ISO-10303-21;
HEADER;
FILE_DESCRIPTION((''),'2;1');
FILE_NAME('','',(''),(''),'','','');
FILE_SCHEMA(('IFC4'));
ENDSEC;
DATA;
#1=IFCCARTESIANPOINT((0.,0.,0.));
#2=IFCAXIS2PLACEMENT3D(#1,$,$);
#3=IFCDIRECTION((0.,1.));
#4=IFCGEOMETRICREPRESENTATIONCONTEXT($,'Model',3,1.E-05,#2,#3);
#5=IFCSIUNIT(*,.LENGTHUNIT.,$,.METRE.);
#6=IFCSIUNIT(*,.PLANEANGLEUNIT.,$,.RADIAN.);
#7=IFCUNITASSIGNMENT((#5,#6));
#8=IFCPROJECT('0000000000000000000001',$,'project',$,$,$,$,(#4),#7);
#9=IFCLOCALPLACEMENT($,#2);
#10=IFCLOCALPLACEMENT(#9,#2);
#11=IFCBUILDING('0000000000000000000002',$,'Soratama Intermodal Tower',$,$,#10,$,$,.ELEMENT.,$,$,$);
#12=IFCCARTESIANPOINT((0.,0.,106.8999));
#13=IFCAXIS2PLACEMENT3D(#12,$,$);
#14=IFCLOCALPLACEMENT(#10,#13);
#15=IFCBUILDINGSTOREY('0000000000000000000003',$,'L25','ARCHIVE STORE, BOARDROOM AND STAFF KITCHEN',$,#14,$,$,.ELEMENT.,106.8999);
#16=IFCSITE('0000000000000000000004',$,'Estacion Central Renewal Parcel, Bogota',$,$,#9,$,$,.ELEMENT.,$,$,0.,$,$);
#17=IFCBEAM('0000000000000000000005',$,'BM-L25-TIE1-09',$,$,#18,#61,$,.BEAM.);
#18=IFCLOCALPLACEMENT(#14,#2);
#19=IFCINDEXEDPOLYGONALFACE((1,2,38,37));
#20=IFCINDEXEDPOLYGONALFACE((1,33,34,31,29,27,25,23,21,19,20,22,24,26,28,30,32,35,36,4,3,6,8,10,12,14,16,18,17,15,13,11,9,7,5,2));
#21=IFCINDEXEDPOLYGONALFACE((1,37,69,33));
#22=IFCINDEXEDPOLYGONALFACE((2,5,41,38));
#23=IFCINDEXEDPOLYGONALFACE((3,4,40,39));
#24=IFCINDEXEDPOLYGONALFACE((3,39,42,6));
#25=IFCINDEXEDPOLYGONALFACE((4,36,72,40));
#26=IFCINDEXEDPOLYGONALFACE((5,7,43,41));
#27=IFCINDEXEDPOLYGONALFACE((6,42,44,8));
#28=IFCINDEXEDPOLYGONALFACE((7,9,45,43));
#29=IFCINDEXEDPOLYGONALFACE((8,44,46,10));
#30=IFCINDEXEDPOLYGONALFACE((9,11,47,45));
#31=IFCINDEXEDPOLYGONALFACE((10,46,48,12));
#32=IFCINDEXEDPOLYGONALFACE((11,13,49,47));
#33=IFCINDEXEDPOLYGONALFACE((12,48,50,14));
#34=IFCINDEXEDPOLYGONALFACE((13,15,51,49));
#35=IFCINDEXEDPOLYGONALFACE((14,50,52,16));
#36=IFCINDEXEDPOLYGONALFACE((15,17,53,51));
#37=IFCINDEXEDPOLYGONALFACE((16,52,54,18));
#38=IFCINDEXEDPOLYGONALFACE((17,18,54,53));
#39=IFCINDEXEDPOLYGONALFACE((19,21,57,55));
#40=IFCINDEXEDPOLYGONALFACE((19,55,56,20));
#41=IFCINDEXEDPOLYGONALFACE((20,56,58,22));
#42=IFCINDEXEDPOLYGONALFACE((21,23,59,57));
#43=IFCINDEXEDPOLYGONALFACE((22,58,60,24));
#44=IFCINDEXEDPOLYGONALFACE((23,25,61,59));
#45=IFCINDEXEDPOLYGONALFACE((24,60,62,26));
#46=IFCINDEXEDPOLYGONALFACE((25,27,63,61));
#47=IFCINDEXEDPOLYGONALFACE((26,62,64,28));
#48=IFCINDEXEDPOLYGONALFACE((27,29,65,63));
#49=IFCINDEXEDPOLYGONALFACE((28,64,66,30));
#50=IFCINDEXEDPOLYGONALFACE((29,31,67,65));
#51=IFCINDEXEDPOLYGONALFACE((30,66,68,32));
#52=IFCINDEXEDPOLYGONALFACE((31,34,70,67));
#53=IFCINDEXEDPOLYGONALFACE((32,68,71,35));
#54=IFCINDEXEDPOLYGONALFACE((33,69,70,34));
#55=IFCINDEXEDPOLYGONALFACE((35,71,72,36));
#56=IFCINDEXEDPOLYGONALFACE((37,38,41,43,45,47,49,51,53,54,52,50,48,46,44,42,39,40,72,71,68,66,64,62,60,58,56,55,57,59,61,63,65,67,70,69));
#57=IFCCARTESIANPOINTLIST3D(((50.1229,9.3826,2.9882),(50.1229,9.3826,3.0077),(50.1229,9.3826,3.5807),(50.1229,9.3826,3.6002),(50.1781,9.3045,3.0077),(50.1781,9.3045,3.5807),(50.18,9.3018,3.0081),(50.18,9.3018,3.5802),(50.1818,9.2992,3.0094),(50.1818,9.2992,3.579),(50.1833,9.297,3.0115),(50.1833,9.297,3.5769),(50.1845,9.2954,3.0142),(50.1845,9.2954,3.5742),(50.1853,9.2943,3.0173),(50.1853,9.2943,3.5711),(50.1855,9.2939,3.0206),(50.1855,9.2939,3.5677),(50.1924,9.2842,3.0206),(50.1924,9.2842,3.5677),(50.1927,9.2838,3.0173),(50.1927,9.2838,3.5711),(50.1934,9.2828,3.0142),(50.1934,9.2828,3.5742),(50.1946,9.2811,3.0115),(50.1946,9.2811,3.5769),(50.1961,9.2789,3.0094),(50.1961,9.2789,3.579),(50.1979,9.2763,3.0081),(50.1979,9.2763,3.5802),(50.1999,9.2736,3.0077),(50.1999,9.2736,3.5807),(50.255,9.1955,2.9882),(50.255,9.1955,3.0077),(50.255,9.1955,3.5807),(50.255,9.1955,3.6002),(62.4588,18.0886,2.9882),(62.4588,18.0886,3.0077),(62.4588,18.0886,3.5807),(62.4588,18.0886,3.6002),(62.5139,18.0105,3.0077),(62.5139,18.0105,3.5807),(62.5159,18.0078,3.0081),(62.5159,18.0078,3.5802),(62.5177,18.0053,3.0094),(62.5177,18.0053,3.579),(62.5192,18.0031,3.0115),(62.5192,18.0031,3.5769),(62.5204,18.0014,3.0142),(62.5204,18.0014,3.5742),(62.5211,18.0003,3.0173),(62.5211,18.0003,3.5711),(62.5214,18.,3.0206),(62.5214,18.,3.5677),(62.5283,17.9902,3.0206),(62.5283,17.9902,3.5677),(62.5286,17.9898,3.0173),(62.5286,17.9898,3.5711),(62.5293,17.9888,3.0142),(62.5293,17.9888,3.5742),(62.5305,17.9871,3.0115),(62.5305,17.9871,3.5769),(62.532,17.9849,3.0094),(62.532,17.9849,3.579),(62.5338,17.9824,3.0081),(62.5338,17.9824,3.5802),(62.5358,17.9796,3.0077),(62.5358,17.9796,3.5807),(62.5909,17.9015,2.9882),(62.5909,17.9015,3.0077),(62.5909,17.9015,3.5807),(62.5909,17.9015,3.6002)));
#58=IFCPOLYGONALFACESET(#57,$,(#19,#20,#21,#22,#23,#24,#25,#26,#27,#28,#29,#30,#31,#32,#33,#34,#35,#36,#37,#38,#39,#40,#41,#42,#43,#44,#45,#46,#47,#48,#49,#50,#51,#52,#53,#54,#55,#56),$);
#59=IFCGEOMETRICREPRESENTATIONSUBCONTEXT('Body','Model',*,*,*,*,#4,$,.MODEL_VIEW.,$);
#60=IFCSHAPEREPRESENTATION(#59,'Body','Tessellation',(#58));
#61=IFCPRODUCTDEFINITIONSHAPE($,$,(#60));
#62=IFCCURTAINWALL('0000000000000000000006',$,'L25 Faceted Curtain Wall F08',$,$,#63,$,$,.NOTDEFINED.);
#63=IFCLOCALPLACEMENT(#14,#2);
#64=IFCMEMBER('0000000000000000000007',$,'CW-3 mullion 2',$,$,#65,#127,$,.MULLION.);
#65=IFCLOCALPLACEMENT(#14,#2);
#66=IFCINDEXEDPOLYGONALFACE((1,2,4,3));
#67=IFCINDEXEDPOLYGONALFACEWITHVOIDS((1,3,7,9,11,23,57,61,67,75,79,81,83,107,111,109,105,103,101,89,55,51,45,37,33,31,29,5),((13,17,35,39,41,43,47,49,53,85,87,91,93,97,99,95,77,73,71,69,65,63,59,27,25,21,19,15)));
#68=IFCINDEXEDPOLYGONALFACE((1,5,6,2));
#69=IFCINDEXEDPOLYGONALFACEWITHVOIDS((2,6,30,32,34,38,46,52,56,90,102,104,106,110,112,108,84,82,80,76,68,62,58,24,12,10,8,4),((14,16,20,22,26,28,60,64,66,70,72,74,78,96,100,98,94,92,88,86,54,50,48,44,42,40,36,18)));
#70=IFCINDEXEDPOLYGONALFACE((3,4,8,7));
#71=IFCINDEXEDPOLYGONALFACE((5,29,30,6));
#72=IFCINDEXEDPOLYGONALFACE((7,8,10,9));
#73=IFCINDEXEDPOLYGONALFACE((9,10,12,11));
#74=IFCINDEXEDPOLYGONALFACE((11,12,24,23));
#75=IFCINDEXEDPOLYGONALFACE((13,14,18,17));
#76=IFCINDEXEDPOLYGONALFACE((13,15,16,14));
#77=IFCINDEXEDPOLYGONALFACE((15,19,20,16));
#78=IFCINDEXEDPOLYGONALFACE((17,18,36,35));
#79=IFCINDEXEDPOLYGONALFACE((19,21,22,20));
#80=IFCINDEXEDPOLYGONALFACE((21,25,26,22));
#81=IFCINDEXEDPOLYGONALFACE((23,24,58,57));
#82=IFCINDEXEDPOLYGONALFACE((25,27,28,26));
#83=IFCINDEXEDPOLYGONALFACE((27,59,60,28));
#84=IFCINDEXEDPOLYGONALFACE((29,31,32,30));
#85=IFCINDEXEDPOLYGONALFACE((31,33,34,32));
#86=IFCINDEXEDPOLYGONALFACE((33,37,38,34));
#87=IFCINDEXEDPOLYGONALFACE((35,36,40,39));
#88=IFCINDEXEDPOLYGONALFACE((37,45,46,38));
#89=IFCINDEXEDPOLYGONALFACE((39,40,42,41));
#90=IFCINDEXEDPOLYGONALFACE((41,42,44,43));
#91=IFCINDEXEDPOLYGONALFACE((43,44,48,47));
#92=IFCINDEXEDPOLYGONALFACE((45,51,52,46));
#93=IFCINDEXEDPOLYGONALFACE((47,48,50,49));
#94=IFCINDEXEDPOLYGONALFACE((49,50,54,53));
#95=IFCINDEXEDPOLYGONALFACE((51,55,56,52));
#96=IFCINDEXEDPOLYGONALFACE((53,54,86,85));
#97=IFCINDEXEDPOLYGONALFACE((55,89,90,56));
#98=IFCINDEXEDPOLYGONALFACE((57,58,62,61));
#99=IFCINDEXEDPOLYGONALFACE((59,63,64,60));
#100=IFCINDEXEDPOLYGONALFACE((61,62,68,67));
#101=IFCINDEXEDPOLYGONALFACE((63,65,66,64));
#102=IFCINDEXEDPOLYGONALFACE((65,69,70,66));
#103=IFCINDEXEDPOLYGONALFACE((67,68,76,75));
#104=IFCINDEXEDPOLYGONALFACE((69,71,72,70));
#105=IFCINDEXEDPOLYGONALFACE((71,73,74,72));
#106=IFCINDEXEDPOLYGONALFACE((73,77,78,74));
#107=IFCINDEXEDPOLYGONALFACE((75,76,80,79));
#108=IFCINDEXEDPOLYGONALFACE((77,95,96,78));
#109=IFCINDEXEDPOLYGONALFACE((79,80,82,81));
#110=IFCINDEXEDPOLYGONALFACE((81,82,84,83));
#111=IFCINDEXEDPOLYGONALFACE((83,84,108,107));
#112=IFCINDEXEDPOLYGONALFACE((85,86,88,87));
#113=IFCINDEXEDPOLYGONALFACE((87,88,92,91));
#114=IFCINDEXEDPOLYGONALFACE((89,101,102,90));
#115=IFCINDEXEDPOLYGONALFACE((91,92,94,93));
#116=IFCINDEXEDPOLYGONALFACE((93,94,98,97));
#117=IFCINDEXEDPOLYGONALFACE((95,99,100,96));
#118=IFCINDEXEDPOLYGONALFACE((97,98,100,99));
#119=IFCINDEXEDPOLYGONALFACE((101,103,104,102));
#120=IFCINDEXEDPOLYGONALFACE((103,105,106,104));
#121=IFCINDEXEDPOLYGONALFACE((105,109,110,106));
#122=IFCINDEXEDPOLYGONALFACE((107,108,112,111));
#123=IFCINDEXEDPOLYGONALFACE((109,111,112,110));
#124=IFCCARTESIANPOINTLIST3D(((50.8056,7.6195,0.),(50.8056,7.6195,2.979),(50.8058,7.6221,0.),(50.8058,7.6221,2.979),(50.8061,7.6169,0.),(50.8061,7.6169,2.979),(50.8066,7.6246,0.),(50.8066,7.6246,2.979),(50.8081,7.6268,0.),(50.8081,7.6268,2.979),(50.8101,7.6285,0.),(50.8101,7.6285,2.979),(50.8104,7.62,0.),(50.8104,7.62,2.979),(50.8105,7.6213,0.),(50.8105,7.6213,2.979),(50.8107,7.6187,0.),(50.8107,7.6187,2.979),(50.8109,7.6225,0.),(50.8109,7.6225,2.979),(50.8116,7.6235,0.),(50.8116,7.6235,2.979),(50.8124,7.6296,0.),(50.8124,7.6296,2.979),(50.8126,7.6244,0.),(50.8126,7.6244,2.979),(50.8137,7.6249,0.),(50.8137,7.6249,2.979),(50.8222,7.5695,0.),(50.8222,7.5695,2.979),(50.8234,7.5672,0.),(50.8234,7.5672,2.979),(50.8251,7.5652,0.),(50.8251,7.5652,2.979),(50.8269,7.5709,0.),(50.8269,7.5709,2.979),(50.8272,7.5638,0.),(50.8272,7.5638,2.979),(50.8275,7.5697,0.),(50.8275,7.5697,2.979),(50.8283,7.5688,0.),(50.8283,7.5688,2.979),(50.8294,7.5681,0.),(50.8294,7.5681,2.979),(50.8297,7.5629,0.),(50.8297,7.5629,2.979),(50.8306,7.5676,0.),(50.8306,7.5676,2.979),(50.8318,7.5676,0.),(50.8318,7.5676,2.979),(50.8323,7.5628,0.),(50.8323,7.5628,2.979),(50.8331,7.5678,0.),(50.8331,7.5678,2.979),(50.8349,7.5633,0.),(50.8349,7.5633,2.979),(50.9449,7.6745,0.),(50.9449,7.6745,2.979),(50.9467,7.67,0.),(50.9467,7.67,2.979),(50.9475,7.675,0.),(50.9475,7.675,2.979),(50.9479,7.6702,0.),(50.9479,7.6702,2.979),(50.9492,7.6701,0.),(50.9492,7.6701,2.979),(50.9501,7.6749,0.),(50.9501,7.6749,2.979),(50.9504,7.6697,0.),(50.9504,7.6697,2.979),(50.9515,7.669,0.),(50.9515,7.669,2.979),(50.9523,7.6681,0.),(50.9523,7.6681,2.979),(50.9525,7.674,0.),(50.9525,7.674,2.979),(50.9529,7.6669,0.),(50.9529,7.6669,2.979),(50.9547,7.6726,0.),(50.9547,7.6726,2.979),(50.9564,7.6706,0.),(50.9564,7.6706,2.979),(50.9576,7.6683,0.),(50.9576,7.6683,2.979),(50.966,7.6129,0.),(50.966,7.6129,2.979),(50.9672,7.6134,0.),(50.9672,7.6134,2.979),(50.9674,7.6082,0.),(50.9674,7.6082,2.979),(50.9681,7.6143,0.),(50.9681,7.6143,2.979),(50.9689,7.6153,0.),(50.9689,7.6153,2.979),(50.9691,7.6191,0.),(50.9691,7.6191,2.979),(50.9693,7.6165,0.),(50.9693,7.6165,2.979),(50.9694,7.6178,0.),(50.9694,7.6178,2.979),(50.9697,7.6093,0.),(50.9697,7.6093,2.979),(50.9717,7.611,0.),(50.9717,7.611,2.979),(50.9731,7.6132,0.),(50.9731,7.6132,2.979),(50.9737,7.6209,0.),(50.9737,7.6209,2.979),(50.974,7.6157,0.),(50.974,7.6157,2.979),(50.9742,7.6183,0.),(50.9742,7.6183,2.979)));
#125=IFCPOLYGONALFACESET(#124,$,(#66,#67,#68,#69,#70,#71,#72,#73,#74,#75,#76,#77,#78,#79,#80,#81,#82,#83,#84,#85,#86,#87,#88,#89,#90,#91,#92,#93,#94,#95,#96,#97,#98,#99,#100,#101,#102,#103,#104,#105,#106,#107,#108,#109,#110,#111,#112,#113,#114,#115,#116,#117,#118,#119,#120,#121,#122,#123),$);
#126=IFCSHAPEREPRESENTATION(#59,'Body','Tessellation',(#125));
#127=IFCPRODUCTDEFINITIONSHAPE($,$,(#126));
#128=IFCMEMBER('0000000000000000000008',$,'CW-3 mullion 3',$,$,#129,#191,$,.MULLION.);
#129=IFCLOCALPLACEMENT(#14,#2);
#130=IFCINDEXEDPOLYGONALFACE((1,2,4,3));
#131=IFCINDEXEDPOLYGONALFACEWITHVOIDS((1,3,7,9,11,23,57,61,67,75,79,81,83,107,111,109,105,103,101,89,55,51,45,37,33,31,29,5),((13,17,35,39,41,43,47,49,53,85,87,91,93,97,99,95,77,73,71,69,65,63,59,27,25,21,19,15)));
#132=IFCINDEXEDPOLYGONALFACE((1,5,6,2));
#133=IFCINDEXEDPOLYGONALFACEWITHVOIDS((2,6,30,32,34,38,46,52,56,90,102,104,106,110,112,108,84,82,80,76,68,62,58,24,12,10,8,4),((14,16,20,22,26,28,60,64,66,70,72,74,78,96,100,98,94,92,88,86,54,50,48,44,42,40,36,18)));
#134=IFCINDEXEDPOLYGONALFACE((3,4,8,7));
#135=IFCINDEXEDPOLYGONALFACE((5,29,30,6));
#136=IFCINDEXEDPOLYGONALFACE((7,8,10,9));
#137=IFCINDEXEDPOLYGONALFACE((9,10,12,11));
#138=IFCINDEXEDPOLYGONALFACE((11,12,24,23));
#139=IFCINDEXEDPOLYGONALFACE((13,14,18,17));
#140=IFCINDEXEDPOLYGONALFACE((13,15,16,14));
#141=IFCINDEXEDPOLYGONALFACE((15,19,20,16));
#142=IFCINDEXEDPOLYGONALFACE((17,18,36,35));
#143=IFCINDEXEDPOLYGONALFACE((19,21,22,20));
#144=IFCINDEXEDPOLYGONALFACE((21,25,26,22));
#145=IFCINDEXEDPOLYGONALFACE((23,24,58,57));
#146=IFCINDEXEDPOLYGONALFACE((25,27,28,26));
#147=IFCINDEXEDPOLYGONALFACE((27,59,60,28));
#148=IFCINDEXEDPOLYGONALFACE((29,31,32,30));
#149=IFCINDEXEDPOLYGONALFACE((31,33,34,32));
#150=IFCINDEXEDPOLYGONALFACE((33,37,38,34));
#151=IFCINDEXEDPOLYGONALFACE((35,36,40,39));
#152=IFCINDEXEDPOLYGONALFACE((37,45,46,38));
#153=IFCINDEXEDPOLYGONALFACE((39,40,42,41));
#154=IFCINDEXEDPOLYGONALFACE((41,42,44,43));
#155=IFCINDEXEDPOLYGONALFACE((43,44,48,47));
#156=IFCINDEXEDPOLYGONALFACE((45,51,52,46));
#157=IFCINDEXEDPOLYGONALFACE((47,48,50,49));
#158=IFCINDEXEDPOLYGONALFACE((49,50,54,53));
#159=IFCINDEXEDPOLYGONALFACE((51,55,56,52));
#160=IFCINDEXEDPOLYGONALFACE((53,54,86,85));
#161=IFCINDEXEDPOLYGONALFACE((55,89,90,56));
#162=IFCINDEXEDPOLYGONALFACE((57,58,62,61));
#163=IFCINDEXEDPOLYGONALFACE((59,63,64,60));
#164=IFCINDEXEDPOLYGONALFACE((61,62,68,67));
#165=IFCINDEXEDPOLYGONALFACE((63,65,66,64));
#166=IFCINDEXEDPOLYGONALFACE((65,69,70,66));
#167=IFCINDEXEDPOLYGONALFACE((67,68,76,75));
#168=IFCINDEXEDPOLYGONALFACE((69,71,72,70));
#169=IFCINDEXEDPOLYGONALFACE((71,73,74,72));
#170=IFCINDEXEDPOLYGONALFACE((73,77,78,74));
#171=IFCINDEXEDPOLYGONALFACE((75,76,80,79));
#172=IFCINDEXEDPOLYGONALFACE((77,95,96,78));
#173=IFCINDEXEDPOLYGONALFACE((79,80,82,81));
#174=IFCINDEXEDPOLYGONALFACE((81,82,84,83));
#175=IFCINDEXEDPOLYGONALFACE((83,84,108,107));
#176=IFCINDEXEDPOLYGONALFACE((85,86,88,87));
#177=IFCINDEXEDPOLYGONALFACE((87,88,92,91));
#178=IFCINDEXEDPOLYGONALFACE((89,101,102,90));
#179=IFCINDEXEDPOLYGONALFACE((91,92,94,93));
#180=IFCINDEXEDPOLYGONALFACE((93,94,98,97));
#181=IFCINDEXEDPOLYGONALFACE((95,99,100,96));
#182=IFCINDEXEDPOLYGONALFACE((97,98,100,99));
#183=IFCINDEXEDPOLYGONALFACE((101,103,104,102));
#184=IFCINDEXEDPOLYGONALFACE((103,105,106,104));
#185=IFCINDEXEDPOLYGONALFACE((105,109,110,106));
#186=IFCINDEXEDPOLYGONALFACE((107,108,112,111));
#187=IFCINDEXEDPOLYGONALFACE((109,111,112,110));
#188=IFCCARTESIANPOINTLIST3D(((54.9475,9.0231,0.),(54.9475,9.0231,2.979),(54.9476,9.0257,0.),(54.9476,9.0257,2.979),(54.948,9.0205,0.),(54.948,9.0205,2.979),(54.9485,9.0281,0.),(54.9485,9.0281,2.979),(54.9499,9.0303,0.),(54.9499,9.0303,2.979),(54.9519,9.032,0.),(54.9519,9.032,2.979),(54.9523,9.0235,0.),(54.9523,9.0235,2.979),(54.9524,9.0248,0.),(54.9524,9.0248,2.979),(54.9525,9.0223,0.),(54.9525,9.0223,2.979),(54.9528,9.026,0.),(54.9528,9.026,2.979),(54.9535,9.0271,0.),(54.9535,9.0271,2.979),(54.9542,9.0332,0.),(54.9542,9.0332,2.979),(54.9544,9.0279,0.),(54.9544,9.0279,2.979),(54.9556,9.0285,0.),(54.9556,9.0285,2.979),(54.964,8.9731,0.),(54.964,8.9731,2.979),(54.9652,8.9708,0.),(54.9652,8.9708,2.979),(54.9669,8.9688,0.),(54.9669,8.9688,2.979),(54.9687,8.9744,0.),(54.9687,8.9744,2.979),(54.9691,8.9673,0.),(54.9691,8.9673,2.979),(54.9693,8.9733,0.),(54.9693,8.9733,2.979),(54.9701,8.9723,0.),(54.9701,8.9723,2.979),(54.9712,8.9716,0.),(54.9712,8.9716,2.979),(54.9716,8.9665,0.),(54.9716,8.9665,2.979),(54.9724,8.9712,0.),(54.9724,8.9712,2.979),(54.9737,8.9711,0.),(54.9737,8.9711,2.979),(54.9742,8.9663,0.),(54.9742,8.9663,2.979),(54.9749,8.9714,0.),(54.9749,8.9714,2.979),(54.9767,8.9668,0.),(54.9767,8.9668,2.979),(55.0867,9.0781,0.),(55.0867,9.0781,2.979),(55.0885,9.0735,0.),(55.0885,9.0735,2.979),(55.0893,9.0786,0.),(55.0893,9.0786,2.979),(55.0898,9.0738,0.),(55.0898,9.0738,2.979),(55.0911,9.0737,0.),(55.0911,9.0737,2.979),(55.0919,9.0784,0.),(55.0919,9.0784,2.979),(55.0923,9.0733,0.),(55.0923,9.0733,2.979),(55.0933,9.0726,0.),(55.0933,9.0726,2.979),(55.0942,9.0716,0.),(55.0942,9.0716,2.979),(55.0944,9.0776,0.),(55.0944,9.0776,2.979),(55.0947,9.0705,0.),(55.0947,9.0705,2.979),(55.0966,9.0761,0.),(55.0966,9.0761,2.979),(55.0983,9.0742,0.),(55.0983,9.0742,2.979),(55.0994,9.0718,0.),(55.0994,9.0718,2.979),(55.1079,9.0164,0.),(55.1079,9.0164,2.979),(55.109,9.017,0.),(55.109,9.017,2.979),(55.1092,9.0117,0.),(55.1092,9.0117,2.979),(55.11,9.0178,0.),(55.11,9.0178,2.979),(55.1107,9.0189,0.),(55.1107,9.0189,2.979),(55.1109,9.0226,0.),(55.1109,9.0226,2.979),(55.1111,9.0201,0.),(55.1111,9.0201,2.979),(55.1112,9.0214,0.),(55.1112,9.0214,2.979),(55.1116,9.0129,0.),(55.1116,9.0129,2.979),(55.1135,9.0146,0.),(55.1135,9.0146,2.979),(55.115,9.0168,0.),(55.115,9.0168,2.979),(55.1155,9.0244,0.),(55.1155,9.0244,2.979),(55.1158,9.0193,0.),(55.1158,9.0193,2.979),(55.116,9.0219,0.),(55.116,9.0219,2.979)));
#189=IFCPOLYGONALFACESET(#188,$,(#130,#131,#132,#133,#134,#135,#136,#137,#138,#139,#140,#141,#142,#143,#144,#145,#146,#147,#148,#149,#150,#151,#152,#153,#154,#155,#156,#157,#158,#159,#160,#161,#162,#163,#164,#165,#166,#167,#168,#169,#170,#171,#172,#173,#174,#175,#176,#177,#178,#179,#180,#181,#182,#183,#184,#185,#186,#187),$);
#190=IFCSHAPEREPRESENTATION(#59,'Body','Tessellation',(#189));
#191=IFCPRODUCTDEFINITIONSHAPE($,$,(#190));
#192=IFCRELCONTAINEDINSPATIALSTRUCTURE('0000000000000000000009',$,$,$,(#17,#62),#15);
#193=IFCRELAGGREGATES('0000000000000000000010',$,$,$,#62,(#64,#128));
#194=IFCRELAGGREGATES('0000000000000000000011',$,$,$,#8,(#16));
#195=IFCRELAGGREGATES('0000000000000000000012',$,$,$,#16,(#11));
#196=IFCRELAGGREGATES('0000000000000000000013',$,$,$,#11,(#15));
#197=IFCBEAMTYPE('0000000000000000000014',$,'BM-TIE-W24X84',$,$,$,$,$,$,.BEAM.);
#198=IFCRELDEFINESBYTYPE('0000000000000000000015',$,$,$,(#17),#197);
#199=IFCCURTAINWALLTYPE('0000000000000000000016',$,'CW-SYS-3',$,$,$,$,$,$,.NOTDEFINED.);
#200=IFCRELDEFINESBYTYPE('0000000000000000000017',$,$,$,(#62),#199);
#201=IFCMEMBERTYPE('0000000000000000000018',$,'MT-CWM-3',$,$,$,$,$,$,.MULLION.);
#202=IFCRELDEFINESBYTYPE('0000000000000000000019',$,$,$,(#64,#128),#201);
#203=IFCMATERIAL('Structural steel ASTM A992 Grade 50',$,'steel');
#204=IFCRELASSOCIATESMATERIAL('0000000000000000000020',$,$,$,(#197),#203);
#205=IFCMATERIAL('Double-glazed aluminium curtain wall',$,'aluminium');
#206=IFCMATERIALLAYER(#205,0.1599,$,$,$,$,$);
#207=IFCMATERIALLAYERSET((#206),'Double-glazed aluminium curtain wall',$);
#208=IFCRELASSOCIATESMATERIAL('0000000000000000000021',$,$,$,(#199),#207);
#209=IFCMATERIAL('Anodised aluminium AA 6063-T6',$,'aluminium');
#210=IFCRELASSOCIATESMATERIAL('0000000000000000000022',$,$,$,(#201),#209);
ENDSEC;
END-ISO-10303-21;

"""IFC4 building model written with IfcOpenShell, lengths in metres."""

from ifc_helpers import new_model, si_unit, direction, frame, origin, origin_2d, place, context, subcontext, project, spatial, hollow_rectangle, i_section, extrude, material, layer, layer_set, material_profile, profile_set, type_object, element, aggregate, save


model = new_model("IFC4")

# Units and contexts
model_context = context("Model", 3, precision=1e-05, world=origin(), true_north=direction((0.0, 1.0)))
body_context = subcontext(model_context, "Body", "Model", "MODEL_VIEW")
ifc_project = project(units=[si_unit("LENGTHUNIT", "METRE"), si_unit("PLANEANGLEUNIT", "RADIAN")], contexts=[model_context])

# Site, building, storey
site_placement = place(None, origin())
site = spatial("IfcSite", under=ifc_project, at=site_placement, Name="Estacion Central Renewal Parcel, Bogota", CompositionType="ELEMENT", RefElevation=0.0)
building_placement = place(site_placement, origin())
building = spatial("IfcBuilding", under=site, at=building_placement, Name="Soratama Intermodal Tower", CompositionType="ELEMENT")
storey_placement = place(building_placement, frame((0.0, 0.0, 106.8999)))
storey = spatial("IfcBuildingStorey", under=building, at=storey_placement, Name="L25", Description="ARCHIVE STORE, BOARDROOM AND STAFF KITCHEN", CompositionType="ELEMENT", Elevation=106.8999)

# Beam
ifc_material_1 = material(Name="Structural steel ASTM A992 Grade 50", Category="steel")
ifc_material_profile_1 = material_profile(ifc_material_1, i_section(OverallWidth=0.229, OverallDepth=0.6121, WebThickness=0.012, FlangeThickness=0.0195, FilletRadius=0.0129, at=origin_2d()), Name="W24X84")
ifc_profile_set_1 = profile_set([ifc_material_profile_1], Name="Structural steel ASTM A992 Grade 50")
beam_type_1 = type_object("IfcBeamType", Name="BM-TIE-W24X84", PredefinedType="BEAM", material=ifc_profile_set_1)
beam_1_placement = place(storey_placement, frame((50.189, 9.2891, 3.2942), z_axis=(0.81702, 0.57661, 0.0), x_axis=(-0.57661, 0.81702, 0.0)))
element("IfcBeam", 1, at=beam_1_placement, inside=storey, type_object=beam_type_1, Name="BM-L25-TIE1-09", PredefinedType="BEAM", context=body_context, shape_type="SweptSolid", body=[
    extrude(i_section(OverallWidth=0.229, OverallDepth=0.6121, WebThickness=0.012, FlangeThickness=0.0195, FilletRadius=0.0129, at=origin_2d()), origin(), (0.0, 0.0, 1.0), 15.0986),
])

# Curtain wall, members
ifc_material_2 = material(Name="Double-glazed aluminium curtain wall", Category="aluminium")
ifc_layer_1 = layer(ifc_material_2, 0.1599)
ifc_layer_set_1 = layer_set([ifc_layer_1], Name="Double-glazed aluminium curtain wall")
curtain_wall_type = type_object("IfcCurtainWallType", Name="CW-SYS-3", PredefinedType="NOTDEFINED", material=ifc_layer_set_1)
curtain_wall_1_placement = place(storey_placement, origin())
curtain_wall_1 = element("IfcCurtainWall", 2, at=curtain_wall_1_placement, inside=storey, type_object=curtain_wall_type, Name="L25 Faceted Curtain Wall F08", PredefinedType="NOTDEFINED")
ifc_material_3 = material(Name="Anodised aluminium AA 6063-T6", Category="aluminium")
ifc_material_profile_2 = material_profile(ifc_material_3, hollow_rectangle(XDim=0.0701, YDim=0.1599, WallThickness=0.0049, InnerFilletRadius=0.0049, OuterFilletRadius=0.01, at=origin_2d()), Name="CWM160X70X5")
ifc_profile_set_2 = profile_set([ifc_material_profile_2], Name="Anodised aluminium AA 6063-T6")
member_type_1 = type_object("IfcMemberType", Name="MT-CWM-3", PredefinedType="MULLION", material=ifc_profile_set_2)
member_1_placement = place(storey_placement, frame((50.8899, 7.6189, 0.0), z_axis=(0.0, 0.0, 1.0), x_axis=(-0.320945, 0.947098, 0.0)))
member_1 = element("IfcMember", 3, at=member_1_placement, type_object=member_type_1, Name="CW-3 mullion 2", PredefinedType="MULLION", context=body_context, shape_type="SweptSolid", body=[
    extrude(hollow_rectangle(XDim=0.0701, YDim=0.1599, WallThickness=0.0049, InnerFilletRadius=0.0049, OuterFilletRadius=0.01, at=origin_2d()), origin(), (0.0, 0.0, 1.0), 2.979),
])
member_2_placement = place(storey_placement, frame((55.0317, 9.0225, 0.0), z_axis=(0.0, 0.0, 1.0), x_axis=(-0.320945, 0.947098, 0.0)))
member_2 = element("IfcMember", 4, at=member_2_placement, type_object=member_type_1, Name="CW-3 mullion 3", PredefinedType="MULLION", context=body_context, shape_type="SweptSolid", body=[
    extrude(hollow_rectangle(XDim=0.0701, YDim=0.1599, WallThickness=0.0049, InnerFilletRadius=0.0049, OuterFilletRadius=0.01, at=origin_2d()), origin(), (0.0, 0.0, 1.0), 2.979),
])

aggregate(curtain_wall_1, [member_1, member_2])

save(model, "model.ifc")
